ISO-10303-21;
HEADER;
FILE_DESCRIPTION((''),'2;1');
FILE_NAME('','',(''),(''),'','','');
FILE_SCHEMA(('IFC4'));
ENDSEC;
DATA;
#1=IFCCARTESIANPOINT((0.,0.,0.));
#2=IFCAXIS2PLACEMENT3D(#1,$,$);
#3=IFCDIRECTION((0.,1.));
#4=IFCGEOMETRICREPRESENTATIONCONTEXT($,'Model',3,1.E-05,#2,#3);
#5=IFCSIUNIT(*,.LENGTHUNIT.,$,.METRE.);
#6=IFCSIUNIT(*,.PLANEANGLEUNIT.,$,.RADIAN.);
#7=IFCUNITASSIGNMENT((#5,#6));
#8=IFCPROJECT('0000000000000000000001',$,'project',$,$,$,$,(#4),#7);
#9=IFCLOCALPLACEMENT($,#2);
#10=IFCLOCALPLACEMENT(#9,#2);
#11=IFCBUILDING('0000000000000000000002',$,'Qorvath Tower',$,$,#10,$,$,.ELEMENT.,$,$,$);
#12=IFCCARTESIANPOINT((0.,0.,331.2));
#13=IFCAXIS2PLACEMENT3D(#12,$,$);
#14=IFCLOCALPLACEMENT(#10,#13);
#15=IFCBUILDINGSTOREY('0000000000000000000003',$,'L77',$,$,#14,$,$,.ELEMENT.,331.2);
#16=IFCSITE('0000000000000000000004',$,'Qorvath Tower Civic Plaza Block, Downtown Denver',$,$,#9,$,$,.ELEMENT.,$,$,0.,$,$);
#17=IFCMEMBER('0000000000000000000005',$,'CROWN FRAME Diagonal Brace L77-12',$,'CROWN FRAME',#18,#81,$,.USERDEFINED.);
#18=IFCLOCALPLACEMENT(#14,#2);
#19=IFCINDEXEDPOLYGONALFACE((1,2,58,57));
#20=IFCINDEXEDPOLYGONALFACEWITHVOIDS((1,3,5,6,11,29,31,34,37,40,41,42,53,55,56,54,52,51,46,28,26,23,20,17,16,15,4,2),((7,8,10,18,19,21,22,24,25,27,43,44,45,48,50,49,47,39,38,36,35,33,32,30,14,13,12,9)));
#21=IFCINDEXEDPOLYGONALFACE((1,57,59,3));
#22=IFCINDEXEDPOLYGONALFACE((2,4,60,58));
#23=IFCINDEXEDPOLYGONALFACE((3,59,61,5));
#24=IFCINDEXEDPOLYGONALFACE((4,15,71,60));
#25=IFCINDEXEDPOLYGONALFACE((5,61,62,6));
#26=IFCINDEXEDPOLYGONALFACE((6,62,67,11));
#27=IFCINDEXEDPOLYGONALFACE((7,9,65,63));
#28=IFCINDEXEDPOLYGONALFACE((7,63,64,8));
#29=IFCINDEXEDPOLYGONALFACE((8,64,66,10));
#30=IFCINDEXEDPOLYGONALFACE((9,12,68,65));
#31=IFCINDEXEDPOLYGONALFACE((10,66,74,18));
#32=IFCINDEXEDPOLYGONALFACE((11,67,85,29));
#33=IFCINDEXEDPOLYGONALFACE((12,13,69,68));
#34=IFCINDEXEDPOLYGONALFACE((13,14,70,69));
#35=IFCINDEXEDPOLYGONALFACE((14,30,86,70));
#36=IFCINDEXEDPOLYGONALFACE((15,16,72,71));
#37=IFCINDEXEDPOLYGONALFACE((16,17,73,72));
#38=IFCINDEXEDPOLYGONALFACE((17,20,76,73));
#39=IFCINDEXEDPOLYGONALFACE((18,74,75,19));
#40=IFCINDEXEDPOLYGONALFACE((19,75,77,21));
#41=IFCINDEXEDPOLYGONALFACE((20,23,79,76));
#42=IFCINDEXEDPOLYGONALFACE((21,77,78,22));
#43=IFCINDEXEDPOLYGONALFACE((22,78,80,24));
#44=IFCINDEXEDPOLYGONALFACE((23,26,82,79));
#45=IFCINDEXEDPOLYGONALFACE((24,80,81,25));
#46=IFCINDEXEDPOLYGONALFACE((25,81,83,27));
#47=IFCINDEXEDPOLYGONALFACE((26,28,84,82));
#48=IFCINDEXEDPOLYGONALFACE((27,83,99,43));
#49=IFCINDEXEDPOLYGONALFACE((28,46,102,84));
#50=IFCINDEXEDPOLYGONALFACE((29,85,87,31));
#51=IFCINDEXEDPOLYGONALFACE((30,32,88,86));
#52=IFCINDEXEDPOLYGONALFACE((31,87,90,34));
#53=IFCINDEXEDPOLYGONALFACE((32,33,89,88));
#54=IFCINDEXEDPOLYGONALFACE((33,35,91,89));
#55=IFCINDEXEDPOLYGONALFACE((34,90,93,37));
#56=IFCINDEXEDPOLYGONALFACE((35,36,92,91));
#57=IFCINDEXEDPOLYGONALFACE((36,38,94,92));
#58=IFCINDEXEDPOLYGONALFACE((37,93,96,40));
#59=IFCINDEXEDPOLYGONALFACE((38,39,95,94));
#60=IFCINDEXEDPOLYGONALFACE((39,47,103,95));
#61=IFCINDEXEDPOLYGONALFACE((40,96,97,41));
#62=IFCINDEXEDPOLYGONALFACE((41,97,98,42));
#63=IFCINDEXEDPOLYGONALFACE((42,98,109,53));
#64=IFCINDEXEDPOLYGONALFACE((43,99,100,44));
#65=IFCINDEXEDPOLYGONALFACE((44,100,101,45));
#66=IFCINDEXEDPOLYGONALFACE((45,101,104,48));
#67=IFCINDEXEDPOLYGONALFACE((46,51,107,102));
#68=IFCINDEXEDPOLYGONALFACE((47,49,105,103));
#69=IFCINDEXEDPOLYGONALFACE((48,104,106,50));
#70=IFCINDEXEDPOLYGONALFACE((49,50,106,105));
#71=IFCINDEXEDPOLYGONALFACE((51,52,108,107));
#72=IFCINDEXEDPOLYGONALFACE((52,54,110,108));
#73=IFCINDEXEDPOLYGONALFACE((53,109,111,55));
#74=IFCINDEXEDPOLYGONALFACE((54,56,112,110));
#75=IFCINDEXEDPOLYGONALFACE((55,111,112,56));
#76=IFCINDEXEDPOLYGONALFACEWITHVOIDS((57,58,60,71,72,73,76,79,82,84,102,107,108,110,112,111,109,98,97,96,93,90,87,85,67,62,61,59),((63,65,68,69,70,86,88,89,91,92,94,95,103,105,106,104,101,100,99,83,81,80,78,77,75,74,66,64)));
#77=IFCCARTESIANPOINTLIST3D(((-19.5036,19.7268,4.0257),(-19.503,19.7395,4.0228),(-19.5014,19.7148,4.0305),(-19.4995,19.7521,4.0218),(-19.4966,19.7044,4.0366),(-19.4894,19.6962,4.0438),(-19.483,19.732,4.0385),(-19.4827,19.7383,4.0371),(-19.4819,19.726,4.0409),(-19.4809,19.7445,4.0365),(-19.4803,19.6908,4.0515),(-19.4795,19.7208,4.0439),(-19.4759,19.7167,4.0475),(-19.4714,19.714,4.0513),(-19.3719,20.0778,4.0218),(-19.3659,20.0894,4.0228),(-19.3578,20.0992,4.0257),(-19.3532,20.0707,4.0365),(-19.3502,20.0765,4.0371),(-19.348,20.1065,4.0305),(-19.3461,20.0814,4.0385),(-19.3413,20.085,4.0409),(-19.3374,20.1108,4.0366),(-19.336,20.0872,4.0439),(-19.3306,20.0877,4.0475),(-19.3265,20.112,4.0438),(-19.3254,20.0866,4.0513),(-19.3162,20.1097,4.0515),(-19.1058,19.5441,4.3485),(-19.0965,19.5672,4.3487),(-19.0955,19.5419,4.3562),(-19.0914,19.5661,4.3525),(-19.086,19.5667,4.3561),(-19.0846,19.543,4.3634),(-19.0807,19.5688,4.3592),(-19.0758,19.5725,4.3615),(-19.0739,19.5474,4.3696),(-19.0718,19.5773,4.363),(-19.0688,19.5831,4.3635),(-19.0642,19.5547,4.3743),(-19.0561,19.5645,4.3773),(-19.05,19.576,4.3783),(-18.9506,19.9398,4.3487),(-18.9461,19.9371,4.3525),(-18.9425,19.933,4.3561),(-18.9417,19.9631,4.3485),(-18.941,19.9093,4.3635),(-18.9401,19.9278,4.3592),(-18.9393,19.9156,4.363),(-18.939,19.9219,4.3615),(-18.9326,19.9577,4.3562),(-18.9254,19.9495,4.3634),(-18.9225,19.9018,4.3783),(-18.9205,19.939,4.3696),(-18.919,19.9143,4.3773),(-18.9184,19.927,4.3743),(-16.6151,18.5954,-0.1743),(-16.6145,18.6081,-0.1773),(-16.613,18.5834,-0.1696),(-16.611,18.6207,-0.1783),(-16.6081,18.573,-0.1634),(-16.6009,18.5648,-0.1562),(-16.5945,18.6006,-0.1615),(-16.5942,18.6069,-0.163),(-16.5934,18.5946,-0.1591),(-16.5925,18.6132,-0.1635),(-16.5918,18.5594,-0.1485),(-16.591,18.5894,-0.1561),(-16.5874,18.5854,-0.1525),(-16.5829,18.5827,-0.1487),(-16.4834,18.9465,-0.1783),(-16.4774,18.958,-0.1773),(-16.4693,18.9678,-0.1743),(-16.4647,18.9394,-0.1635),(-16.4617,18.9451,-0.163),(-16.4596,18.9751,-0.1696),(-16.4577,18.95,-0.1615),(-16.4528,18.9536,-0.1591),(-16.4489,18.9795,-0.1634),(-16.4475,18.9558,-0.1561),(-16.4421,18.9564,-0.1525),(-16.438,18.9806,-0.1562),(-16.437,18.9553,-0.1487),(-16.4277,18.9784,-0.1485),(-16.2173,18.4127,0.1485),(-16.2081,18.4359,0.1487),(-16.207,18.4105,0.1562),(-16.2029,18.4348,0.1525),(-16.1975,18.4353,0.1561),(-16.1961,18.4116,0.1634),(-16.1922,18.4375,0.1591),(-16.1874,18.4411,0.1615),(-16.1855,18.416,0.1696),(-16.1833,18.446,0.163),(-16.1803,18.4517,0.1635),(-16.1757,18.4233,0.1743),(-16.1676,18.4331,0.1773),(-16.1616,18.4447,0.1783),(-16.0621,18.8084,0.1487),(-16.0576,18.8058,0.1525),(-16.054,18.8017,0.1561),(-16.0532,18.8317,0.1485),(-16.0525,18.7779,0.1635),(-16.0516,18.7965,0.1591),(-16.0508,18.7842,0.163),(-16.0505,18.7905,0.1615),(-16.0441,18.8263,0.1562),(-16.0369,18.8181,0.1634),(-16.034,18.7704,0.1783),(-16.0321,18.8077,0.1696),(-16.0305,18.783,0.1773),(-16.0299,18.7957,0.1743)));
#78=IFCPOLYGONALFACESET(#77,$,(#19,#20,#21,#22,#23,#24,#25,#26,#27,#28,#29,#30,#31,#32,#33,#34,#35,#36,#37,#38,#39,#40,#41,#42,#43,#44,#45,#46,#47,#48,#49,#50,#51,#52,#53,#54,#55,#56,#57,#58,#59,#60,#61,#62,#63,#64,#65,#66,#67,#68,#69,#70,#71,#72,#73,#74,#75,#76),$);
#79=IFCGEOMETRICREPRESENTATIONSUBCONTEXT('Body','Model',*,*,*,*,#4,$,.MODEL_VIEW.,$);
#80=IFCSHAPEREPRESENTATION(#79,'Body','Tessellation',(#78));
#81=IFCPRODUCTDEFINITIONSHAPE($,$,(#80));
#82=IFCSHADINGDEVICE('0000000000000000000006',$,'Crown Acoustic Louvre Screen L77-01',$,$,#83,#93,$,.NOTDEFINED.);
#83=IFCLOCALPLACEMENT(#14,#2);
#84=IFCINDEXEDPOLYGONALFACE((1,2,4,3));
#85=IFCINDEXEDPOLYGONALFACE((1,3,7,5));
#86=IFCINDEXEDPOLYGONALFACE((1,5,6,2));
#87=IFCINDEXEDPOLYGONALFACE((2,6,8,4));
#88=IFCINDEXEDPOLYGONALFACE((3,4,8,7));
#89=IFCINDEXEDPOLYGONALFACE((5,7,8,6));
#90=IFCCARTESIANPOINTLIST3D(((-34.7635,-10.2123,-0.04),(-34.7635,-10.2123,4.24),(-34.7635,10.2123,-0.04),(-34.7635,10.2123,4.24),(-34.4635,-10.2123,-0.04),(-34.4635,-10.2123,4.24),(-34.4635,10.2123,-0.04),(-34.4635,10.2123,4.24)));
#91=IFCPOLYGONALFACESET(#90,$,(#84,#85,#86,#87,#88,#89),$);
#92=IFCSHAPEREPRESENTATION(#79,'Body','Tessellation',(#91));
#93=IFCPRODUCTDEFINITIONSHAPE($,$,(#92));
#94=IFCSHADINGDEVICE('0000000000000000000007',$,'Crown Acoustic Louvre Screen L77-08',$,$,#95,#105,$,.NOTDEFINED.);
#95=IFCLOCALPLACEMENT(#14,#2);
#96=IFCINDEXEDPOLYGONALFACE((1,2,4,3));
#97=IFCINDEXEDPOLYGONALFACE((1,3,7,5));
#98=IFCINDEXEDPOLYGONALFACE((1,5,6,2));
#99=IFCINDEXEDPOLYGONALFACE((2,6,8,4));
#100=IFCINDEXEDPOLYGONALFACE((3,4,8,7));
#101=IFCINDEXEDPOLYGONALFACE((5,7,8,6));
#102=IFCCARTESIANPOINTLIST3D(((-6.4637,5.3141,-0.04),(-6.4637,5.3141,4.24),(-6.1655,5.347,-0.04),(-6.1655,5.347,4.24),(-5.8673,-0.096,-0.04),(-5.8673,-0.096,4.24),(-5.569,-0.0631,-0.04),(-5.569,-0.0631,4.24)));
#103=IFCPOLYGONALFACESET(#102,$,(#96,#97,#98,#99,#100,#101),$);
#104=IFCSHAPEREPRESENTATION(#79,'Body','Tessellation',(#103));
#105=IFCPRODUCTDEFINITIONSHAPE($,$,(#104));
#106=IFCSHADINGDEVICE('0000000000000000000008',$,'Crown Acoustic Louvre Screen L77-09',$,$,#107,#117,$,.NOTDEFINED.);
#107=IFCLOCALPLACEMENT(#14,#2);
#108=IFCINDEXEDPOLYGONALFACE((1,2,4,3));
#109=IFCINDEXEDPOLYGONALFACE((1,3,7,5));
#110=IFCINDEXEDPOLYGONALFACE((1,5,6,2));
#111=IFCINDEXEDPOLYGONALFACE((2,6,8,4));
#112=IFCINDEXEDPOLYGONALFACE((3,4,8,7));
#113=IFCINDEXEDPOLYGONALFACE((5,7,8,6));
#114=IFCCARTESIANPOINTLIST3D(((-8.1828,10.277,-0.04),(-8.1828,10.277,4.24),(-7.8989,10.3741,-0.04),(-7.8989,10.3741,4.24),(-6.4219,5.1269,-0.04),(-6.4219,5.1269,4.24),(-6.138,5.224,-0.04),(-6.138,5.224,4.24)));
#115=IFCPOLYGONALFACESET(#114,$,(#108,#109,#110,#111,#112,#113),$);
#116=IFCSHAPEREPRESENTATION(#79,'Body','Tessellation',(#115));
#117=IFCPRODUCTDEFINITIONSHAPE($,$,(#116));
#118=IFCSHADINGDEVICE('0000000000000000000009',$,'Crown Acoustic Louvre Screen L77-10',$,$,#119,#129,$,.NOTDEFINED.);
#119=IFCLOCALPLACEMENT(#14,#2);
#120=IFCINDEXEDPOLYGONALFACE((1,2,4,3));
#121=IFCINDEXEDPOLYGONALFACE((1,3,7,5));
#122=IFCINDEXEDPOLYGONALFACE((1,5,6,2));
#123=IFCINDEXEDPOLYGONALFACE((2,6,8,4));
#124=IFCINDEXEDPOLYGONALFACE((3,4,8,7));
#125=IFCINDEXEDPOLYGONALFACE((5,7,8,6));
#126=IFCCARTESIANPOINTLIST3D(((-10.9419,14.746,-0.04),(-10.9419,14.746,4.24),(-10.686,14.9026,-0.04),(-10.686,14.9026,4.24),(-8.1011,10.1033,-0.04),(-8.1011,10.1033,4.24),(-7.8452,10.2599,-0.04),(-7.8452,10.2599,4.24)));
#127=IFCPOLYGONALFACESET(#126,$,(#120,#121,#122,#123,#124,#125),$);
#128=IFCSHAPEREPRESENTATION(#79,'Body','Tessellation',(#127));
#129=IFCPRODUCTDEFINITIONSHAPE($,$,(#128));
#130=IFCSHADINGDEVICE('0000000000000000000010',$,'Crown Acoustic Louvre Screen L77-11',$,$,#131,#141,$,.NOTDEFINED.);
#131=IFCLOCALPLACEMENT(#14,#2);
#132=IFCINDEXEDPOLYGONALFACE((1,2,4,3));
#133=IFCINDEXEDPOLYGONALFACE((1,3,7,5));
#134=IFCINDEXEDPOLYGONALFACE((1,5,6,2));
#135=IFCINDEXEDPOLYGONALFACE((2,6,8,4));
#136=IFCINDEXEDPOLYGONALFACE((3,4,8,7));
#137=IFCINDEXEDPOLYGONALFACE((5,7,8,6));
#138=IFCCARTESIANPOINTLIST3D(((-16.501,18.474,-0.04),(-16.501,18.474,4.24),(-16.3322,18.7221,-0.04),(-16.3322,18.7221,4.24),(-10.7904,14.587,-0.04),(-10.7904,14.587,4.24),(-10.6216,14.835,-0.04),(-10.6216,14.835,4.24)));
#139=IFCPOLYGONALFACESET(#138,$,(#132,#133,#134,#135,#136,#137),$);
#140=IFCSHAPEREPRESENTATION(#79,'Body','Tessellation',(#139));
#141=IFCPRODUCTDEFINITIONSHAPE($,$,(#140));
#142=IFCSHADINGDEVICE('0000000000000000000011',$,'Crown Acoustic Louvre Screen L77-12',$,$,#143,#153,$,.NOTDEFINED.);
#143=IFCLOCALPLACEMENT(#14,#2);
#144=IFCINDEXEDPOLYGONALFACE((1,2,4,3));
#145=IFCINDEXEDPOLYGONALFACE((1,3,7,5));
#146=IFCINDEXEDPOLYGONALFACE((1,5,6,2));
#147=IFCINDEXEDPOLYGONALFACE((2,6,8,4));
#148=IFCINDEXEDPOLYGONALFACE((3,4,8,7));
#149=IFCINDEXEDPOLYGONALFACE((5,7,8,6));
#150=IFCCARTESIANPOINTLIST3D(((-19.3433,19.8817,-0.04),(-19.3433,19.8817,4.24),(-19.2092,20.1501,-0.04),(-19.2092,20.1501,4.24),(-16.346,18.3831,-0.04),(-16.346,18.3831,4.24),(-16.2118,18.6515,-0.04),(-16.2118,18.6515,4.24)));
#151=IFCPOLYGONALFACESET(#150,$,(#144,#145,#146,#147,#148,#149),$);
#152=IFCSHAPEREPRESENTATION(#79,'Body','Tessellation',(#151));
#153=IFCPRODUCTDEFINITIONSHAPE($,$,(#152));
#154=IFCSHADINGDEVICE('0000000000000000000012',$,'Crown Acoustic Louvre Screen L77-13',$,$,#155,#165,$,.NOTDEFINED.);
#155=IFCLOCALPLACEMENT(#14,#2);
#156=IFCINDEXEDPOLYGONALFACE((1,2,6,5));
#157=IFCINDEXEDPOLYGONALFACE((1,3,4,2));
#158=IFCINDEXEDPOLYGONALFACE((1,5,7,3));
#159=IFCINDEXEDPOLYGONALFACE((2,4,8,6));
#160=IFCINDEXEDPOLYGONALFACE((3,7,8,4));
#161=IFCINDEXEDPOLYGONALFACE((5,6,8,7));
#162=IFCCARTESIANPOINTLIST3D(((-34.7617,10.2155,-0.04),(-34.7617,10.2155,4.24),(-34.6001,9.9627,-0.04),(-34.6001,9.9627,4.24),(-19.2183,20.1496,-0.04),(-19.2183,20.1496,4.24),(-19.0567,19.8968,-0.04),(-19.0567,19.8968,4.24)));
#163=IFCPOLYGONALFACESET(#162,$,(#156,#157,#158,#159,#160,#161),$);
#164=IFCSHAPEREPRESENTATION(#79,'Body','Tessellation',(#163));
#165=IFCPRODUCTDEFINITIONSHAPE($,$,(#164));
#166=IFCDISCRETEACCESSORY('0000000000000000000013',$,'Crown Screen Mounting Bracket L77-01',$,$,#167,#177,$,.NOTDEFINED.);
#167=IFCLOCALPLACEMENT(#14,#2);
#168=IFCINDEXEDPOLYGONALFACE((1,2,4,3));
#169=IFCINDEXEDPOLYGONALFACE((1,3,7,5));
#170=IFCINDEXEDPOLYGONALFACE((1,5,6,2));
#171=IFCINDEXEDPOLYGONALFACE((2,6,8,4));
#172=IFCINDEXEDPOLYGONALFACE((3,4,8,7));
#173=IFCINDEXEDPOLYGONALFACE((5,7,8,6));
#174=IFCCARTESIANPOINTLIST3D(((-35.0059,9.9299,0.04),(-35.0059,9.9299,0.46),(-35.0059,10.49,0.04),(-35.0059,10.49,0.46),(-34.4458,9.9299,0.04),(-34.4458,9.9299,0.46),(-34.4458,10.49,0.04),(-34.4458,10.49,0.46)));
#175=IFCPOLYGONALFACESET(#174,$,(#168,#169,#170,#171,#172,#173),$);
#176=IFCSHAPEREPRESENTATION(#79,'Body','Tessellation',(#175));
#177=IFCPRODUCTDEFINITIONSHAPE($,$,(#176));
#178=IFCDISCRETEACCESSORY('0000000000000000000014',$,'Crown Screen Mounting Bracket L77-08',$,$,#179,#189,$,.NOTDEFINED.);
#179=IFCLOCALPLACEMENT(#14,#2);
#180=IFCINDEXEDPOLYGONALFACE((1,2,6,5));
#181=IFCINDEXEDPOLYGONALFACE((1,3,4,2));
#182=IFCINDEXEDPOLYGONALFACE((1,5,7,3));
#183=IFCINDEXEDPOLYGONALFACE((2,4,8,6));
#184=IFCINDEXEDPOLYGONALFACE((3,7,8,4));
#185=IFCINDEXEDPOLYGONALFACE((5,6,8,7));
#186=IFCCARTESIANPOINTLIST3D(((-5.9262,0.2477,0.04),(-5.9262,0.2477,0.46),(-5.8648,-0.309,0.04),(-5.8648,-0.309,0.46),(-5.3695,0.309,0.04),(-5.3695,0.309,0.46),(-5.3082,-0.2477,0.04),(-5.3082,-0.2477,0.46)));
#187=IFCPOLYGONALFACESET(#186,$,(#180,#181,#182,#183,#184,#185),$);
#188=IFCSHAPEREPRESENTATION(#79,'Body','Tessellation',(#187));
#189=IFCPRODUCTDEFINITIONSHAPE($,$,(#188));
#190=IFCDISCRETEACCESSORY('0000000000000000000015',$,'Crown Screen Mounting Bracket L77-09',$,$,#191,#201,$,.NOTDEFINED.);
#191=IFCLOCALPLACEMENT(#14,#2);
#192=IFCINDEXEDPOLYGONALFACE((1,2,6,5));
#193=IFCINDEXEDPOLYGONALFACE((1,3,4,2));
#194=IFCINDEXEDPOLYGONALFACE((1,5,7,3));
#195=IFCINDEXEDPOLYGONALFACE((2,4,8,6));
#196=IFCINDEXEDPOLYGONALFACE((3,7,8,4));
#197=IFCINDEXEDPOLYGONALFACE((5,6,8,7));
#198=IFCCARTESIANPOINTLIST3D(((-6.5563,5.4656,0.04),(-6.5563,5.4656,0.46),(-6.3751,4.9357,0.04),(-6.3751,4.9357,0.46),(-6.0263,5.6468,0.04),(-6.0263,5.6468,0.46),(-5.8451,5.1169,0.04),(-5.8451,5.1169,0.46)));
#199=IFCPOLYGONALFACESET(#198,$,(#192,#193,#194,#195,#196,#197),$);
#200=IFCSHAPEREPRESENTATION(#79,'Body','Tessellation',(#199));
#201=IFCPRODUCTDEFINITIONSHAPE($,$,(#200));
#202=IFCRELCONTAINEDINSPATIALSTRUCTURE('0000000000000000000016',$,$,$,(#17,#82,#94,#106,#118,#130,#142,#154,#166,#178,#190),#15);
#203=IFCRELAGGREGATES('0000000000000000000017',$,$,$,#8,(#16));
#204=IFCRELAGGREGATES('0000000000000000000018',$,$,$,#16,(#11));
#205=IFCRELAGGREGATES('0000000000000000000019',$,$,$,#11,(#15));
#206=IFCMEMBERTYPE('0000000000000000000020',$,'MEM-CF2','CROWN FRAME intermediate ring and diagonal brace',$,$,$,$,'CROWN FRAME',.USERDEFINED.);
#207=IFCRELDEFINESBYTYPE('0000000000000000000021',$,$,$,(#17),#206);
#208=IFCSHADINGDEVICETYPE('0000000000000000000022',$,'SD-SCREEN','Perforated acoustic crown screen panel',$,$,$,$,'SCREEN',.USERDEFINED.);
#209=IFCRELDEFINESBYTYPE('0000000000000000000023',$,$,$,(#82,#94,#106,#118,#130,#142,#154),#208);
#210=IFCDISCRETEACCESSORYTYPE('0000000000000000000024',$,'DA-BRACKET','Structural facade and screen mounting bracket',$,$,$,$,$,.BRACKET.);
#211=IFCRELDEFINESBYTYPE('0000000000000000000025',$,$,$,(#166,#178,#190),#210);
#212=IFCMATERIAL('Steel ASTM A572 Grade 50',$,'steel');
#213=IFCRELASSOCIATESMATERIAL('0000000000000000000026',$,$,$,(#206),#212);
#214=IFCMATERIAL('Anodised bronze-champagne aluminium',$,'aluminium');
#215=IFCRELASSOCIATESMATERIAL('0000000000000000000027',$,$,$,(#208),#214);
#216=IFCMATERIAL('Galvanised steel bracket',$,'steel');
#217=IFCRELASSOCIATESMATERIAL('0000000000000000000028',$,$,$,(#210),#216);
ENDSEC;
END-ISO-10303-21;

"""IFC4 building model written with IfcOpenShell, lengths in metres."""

from ifc_helpers import new_model, si_unit, direction, frame, origin, origin_2d, place, context, subcontext, project, spatial, rectangle, hollow_rectangle, extrude, material, material_profile, profile_set, type_object, element, save


model = new_model("IFC4")

# Units and contexts
model_context = context("Model", 3, precision=1e-05, world=origin(), true_north=direction((0.0, 1.0)))
body_context = subcontext(model_context, "Body", "Model", "MODEL_VIEW")
ifc_project = project(units=[si_unit("LENGTHUNIT", "METRE"), si_unit("PLANEANGLEUNIT", "RADIAN")], contexts=[model_context])

# Site, building, storey
site_placement = place(None, origin())
site = spatial("IfcSite", under=ifc_project, at=site_placement, Name="Qorvath Tower Civic Plaza Block, Downtown Denver", CompositionType="ELEMENT", RefElevation=0.0)
building_placement = place(site_placement, origin())
building = spatial("IfcBuilding", under=site, at=building_placement, Name="Qorvath Tower", CompositionType="ELEMENT")
storey_placement = place(building_placement, frame((0.0, 0.0, 331.2)))
storey = spatial("IfcBuildingStorey", under=building, at=storey_placement, Name="L77", CompositionType="ELEMENT", Elevation=331.2)

# Member
ifc_material_1 = material(Name="Steel ASTM A572 Grade 50", Category="steel")
ifc_material_profile_1 = material_profile(ifc_material_1, hollow_rectangle(XDim=0.45, YDim=0.6001, WallThickness=0.0249, InnerFilletRadius=0.0249, OuterFilletRadius=0.05, at=origin_2d()), Name="CROWN BOX 600x450x25")
ifc_profile_set_1 = profile_set([ifc_material_profile_1], Name="Steel ASTM A572 Grade 50")
member_type_1 = type_object("IfcMemberType", Name="MEM-CF2", Description="CROWN FRAME intermediate ring and diagonal brace", ElementType="CROWN FRAME", PredefinedType="USERDEFINED", material=ifc_profile_set_1)
member_1_placement = place(storey_placement, frame((-16.3225, 18.6956, 0.0), z_axis=(-0.553195, 0.216677, 0.804379), x_axis=(-0.364705, -0.931123, 0.0)))
element("IfcMember", 1, at=member_1_placement, inside=storey, type_object=member_type_1, Name="CROWN FRAME Diagonal Brace L77-12", ObjectType="CROWN FRAME", PredefinedType="USERDEFINED", context=body_context, shape_type="SweptSolid", body=[
    extrude(hollow_rectangle(XDim=0.45, YDim=0.6001, WallThickness=0.0249, InnerFilletRadius=0.0249, OuterFilletRadius=0.05, at=origin_2d()), origin(), (0.0, 0.0, 1.0), 5.2214),
])

# Shading devices
ifc_material_2 = material(Name="Anodised bronze-champagne aluminium", Category="aluminium")
shading_device_type = type_object("IfcShadingDeviceType", Name="SD-SCREEN", Description="Perforated acoustic crown screen panel", ElementType="SCREEN", PredefinedType="USERDEFINED", material=ifc_material_2)
shading_device_1_placement = place(storey_placement, frame((-34.6135, 0.0, -0.04), z_axis=(0.0, 0.0, 1.0), x_axis=(0.0, -1.0, 0.0)))
element("IfcShadingDevice", 2, at=shading_device_1_placement, inside=storey, type_object=shading_device_type, Name="Crown Acoustic Louvre Screen L77-01", PredefinedType="NOTDEFINED", context=body_context, shape_type="SweptSolid", body=[
    extrude(rectangle(XDim=20.4246, YDim=0.3, at=origin_2d()), origin(), (0.0, 0.0, 1.0), 4.28),
])
for number, where, z_axis, x_axis, name in (
    (3, (-6.0164, 2.6255, -0.04), (0.0, 0.0, 1.0), (-0.109583, 0.993978, 0.0), "Crown Acoustic Louvre Screen L77-08"),
    (4, (-7.1604, 7.7505, -0.04), (0.0, 0.0, 1.0), (-0.323533, 0.946217, 0.0), "Crown Acoustic Louvre Screen L77-09"),
    (5, (-9.3936, 12.5029, -0.04), (0.0, 0.0, 1.0), (-0.521924, 0.852992, 0.0), "Crown Acoustic Louvre Screen L77-10"),
):
    element("IfcShadingDevice", number, at=place(storey_placement, frame(where, z_axis=z_axis, x_axis=x_axis)), inside=storey, type_object=shading_device_type, Name=name, PredefinedType="NOTDEFINED", context=body_context, shape_type="SweptSolid", body=[
        extrude(rectangle(XDim=5.4429, YDim=0.3, at=origin_2d()), origin(), (0.0, 0.0, 1.0), 4.28),
    ])
shading_device_2_placement = place(storey_placement, frame((-13.5613, 16.6545, -0.04), z_axis=(0.0, 0.0, 1.0), x_axis=(-0.826666, 0.562692, 0.0)))
element("IfcShadingDevice", 6, at=shading_device_2_placement, inside=storey, type_object=shading_device_type, Name="Crown Acoustic Louvre Screen L77-11", PredefinedType="NOTDEFINED", context=body_context, shape_type="SweptSolid", body=[
    extrude(rectangle(XDim=6.908, YDim=0.3, at=origin_2d()), origin(), (0.0, 0.0, 1.0), 4.28),
])
shading_device_3_placement = place(storey_placement, frame((-17.7776, 19.2666, -0.04), z_axis=(0.0, 0.0, 1.0), x_axis=(-0.894439, 0.447189, 0.0)))
element("IfcShadingDevice", 7, at=shading_device_3_placement, inside=storey, type_object=shading_device_type, Name="Crown Acoustic Louvre Screen L77-12", PredefinedType="NOTDEFINED", context=body_context, shape_type="SweptSolid", body=[
    extrude(rectangle(XDim=3.3511, YDim=0.3, at=origin_2d()), origin(), (0.0, 0.0, 1.0), 4.28),
])
shading_device_4_placement = place(storey_placement, frame((-26.9092, 15.0562, -0.04), z_axis=(0.0, 0.0, 1.0), x_axis=(-0.842609, -0.538525, 0.0)))
element("IfcShadingDevice", 8, at=shading_device_4_placement, inside=storey, type_object=shading_device_type, Name="Crown Acoustic Louvre Screen L77-13", PredefinedType="NOTDEFINED", context=body_context, shape_type="SweptSolid", body=[
    extrude(rectangle(XDim=18.4468, YDim=0.3, at=origin_2d()), origin(), (0.0, 0.0, 1.0), 4.28),
])

# Discrete accessories
ifc_material_3 = material(Name="Galvanised steel bracket", Category="steel")
discrete_accessory_type = type_object("IfcDiscreteAccessoryType", Name="DA-BRACKET", Description="Structural facade and screen mounting bracket", PredefinedType="BRACKET", material=ifc_material_3)
for number, where, z_axis, x_axis, name in (
    (9, (-34.7258, 10.21, 0.04), (0.0, 0.0, 1.0), (0.0, -1.0, 0.0), "Crown Screen Mounting Bracket L77-01"),
    (10, (-5.6172, 0.0, 0.04), (0.0, 0.0, 1.0), (-0.109583, 0.993978, 0.0), "Crown Screen Mounting Bracket L77-08"),
    (11, (-6.2007, 5.2913, 0.04), (0.0, 0.0, 1.0), (-0.323533, 0.946217, 0.0), "Crown Screen Mounting Bracket L77-09"),
):
    element("IfcDiscreteAccessory", number, at=place(storey_placement, frame(where, z_axis=z_axis, x_axis=x_axis)), inside=storey, type_object=discrete_accessory_type, Name=name, PredefinedType="NOTDEFINED", context=body_context, shape_type="SweptSolid", body=[
        extrude(rectangle(XDim=0.5601, YDim=0.5601, at=origin_2d()), origin(), (0.0, 0.0, 1.0), 0.4199),
    ])

save(model, "model.ifc")
